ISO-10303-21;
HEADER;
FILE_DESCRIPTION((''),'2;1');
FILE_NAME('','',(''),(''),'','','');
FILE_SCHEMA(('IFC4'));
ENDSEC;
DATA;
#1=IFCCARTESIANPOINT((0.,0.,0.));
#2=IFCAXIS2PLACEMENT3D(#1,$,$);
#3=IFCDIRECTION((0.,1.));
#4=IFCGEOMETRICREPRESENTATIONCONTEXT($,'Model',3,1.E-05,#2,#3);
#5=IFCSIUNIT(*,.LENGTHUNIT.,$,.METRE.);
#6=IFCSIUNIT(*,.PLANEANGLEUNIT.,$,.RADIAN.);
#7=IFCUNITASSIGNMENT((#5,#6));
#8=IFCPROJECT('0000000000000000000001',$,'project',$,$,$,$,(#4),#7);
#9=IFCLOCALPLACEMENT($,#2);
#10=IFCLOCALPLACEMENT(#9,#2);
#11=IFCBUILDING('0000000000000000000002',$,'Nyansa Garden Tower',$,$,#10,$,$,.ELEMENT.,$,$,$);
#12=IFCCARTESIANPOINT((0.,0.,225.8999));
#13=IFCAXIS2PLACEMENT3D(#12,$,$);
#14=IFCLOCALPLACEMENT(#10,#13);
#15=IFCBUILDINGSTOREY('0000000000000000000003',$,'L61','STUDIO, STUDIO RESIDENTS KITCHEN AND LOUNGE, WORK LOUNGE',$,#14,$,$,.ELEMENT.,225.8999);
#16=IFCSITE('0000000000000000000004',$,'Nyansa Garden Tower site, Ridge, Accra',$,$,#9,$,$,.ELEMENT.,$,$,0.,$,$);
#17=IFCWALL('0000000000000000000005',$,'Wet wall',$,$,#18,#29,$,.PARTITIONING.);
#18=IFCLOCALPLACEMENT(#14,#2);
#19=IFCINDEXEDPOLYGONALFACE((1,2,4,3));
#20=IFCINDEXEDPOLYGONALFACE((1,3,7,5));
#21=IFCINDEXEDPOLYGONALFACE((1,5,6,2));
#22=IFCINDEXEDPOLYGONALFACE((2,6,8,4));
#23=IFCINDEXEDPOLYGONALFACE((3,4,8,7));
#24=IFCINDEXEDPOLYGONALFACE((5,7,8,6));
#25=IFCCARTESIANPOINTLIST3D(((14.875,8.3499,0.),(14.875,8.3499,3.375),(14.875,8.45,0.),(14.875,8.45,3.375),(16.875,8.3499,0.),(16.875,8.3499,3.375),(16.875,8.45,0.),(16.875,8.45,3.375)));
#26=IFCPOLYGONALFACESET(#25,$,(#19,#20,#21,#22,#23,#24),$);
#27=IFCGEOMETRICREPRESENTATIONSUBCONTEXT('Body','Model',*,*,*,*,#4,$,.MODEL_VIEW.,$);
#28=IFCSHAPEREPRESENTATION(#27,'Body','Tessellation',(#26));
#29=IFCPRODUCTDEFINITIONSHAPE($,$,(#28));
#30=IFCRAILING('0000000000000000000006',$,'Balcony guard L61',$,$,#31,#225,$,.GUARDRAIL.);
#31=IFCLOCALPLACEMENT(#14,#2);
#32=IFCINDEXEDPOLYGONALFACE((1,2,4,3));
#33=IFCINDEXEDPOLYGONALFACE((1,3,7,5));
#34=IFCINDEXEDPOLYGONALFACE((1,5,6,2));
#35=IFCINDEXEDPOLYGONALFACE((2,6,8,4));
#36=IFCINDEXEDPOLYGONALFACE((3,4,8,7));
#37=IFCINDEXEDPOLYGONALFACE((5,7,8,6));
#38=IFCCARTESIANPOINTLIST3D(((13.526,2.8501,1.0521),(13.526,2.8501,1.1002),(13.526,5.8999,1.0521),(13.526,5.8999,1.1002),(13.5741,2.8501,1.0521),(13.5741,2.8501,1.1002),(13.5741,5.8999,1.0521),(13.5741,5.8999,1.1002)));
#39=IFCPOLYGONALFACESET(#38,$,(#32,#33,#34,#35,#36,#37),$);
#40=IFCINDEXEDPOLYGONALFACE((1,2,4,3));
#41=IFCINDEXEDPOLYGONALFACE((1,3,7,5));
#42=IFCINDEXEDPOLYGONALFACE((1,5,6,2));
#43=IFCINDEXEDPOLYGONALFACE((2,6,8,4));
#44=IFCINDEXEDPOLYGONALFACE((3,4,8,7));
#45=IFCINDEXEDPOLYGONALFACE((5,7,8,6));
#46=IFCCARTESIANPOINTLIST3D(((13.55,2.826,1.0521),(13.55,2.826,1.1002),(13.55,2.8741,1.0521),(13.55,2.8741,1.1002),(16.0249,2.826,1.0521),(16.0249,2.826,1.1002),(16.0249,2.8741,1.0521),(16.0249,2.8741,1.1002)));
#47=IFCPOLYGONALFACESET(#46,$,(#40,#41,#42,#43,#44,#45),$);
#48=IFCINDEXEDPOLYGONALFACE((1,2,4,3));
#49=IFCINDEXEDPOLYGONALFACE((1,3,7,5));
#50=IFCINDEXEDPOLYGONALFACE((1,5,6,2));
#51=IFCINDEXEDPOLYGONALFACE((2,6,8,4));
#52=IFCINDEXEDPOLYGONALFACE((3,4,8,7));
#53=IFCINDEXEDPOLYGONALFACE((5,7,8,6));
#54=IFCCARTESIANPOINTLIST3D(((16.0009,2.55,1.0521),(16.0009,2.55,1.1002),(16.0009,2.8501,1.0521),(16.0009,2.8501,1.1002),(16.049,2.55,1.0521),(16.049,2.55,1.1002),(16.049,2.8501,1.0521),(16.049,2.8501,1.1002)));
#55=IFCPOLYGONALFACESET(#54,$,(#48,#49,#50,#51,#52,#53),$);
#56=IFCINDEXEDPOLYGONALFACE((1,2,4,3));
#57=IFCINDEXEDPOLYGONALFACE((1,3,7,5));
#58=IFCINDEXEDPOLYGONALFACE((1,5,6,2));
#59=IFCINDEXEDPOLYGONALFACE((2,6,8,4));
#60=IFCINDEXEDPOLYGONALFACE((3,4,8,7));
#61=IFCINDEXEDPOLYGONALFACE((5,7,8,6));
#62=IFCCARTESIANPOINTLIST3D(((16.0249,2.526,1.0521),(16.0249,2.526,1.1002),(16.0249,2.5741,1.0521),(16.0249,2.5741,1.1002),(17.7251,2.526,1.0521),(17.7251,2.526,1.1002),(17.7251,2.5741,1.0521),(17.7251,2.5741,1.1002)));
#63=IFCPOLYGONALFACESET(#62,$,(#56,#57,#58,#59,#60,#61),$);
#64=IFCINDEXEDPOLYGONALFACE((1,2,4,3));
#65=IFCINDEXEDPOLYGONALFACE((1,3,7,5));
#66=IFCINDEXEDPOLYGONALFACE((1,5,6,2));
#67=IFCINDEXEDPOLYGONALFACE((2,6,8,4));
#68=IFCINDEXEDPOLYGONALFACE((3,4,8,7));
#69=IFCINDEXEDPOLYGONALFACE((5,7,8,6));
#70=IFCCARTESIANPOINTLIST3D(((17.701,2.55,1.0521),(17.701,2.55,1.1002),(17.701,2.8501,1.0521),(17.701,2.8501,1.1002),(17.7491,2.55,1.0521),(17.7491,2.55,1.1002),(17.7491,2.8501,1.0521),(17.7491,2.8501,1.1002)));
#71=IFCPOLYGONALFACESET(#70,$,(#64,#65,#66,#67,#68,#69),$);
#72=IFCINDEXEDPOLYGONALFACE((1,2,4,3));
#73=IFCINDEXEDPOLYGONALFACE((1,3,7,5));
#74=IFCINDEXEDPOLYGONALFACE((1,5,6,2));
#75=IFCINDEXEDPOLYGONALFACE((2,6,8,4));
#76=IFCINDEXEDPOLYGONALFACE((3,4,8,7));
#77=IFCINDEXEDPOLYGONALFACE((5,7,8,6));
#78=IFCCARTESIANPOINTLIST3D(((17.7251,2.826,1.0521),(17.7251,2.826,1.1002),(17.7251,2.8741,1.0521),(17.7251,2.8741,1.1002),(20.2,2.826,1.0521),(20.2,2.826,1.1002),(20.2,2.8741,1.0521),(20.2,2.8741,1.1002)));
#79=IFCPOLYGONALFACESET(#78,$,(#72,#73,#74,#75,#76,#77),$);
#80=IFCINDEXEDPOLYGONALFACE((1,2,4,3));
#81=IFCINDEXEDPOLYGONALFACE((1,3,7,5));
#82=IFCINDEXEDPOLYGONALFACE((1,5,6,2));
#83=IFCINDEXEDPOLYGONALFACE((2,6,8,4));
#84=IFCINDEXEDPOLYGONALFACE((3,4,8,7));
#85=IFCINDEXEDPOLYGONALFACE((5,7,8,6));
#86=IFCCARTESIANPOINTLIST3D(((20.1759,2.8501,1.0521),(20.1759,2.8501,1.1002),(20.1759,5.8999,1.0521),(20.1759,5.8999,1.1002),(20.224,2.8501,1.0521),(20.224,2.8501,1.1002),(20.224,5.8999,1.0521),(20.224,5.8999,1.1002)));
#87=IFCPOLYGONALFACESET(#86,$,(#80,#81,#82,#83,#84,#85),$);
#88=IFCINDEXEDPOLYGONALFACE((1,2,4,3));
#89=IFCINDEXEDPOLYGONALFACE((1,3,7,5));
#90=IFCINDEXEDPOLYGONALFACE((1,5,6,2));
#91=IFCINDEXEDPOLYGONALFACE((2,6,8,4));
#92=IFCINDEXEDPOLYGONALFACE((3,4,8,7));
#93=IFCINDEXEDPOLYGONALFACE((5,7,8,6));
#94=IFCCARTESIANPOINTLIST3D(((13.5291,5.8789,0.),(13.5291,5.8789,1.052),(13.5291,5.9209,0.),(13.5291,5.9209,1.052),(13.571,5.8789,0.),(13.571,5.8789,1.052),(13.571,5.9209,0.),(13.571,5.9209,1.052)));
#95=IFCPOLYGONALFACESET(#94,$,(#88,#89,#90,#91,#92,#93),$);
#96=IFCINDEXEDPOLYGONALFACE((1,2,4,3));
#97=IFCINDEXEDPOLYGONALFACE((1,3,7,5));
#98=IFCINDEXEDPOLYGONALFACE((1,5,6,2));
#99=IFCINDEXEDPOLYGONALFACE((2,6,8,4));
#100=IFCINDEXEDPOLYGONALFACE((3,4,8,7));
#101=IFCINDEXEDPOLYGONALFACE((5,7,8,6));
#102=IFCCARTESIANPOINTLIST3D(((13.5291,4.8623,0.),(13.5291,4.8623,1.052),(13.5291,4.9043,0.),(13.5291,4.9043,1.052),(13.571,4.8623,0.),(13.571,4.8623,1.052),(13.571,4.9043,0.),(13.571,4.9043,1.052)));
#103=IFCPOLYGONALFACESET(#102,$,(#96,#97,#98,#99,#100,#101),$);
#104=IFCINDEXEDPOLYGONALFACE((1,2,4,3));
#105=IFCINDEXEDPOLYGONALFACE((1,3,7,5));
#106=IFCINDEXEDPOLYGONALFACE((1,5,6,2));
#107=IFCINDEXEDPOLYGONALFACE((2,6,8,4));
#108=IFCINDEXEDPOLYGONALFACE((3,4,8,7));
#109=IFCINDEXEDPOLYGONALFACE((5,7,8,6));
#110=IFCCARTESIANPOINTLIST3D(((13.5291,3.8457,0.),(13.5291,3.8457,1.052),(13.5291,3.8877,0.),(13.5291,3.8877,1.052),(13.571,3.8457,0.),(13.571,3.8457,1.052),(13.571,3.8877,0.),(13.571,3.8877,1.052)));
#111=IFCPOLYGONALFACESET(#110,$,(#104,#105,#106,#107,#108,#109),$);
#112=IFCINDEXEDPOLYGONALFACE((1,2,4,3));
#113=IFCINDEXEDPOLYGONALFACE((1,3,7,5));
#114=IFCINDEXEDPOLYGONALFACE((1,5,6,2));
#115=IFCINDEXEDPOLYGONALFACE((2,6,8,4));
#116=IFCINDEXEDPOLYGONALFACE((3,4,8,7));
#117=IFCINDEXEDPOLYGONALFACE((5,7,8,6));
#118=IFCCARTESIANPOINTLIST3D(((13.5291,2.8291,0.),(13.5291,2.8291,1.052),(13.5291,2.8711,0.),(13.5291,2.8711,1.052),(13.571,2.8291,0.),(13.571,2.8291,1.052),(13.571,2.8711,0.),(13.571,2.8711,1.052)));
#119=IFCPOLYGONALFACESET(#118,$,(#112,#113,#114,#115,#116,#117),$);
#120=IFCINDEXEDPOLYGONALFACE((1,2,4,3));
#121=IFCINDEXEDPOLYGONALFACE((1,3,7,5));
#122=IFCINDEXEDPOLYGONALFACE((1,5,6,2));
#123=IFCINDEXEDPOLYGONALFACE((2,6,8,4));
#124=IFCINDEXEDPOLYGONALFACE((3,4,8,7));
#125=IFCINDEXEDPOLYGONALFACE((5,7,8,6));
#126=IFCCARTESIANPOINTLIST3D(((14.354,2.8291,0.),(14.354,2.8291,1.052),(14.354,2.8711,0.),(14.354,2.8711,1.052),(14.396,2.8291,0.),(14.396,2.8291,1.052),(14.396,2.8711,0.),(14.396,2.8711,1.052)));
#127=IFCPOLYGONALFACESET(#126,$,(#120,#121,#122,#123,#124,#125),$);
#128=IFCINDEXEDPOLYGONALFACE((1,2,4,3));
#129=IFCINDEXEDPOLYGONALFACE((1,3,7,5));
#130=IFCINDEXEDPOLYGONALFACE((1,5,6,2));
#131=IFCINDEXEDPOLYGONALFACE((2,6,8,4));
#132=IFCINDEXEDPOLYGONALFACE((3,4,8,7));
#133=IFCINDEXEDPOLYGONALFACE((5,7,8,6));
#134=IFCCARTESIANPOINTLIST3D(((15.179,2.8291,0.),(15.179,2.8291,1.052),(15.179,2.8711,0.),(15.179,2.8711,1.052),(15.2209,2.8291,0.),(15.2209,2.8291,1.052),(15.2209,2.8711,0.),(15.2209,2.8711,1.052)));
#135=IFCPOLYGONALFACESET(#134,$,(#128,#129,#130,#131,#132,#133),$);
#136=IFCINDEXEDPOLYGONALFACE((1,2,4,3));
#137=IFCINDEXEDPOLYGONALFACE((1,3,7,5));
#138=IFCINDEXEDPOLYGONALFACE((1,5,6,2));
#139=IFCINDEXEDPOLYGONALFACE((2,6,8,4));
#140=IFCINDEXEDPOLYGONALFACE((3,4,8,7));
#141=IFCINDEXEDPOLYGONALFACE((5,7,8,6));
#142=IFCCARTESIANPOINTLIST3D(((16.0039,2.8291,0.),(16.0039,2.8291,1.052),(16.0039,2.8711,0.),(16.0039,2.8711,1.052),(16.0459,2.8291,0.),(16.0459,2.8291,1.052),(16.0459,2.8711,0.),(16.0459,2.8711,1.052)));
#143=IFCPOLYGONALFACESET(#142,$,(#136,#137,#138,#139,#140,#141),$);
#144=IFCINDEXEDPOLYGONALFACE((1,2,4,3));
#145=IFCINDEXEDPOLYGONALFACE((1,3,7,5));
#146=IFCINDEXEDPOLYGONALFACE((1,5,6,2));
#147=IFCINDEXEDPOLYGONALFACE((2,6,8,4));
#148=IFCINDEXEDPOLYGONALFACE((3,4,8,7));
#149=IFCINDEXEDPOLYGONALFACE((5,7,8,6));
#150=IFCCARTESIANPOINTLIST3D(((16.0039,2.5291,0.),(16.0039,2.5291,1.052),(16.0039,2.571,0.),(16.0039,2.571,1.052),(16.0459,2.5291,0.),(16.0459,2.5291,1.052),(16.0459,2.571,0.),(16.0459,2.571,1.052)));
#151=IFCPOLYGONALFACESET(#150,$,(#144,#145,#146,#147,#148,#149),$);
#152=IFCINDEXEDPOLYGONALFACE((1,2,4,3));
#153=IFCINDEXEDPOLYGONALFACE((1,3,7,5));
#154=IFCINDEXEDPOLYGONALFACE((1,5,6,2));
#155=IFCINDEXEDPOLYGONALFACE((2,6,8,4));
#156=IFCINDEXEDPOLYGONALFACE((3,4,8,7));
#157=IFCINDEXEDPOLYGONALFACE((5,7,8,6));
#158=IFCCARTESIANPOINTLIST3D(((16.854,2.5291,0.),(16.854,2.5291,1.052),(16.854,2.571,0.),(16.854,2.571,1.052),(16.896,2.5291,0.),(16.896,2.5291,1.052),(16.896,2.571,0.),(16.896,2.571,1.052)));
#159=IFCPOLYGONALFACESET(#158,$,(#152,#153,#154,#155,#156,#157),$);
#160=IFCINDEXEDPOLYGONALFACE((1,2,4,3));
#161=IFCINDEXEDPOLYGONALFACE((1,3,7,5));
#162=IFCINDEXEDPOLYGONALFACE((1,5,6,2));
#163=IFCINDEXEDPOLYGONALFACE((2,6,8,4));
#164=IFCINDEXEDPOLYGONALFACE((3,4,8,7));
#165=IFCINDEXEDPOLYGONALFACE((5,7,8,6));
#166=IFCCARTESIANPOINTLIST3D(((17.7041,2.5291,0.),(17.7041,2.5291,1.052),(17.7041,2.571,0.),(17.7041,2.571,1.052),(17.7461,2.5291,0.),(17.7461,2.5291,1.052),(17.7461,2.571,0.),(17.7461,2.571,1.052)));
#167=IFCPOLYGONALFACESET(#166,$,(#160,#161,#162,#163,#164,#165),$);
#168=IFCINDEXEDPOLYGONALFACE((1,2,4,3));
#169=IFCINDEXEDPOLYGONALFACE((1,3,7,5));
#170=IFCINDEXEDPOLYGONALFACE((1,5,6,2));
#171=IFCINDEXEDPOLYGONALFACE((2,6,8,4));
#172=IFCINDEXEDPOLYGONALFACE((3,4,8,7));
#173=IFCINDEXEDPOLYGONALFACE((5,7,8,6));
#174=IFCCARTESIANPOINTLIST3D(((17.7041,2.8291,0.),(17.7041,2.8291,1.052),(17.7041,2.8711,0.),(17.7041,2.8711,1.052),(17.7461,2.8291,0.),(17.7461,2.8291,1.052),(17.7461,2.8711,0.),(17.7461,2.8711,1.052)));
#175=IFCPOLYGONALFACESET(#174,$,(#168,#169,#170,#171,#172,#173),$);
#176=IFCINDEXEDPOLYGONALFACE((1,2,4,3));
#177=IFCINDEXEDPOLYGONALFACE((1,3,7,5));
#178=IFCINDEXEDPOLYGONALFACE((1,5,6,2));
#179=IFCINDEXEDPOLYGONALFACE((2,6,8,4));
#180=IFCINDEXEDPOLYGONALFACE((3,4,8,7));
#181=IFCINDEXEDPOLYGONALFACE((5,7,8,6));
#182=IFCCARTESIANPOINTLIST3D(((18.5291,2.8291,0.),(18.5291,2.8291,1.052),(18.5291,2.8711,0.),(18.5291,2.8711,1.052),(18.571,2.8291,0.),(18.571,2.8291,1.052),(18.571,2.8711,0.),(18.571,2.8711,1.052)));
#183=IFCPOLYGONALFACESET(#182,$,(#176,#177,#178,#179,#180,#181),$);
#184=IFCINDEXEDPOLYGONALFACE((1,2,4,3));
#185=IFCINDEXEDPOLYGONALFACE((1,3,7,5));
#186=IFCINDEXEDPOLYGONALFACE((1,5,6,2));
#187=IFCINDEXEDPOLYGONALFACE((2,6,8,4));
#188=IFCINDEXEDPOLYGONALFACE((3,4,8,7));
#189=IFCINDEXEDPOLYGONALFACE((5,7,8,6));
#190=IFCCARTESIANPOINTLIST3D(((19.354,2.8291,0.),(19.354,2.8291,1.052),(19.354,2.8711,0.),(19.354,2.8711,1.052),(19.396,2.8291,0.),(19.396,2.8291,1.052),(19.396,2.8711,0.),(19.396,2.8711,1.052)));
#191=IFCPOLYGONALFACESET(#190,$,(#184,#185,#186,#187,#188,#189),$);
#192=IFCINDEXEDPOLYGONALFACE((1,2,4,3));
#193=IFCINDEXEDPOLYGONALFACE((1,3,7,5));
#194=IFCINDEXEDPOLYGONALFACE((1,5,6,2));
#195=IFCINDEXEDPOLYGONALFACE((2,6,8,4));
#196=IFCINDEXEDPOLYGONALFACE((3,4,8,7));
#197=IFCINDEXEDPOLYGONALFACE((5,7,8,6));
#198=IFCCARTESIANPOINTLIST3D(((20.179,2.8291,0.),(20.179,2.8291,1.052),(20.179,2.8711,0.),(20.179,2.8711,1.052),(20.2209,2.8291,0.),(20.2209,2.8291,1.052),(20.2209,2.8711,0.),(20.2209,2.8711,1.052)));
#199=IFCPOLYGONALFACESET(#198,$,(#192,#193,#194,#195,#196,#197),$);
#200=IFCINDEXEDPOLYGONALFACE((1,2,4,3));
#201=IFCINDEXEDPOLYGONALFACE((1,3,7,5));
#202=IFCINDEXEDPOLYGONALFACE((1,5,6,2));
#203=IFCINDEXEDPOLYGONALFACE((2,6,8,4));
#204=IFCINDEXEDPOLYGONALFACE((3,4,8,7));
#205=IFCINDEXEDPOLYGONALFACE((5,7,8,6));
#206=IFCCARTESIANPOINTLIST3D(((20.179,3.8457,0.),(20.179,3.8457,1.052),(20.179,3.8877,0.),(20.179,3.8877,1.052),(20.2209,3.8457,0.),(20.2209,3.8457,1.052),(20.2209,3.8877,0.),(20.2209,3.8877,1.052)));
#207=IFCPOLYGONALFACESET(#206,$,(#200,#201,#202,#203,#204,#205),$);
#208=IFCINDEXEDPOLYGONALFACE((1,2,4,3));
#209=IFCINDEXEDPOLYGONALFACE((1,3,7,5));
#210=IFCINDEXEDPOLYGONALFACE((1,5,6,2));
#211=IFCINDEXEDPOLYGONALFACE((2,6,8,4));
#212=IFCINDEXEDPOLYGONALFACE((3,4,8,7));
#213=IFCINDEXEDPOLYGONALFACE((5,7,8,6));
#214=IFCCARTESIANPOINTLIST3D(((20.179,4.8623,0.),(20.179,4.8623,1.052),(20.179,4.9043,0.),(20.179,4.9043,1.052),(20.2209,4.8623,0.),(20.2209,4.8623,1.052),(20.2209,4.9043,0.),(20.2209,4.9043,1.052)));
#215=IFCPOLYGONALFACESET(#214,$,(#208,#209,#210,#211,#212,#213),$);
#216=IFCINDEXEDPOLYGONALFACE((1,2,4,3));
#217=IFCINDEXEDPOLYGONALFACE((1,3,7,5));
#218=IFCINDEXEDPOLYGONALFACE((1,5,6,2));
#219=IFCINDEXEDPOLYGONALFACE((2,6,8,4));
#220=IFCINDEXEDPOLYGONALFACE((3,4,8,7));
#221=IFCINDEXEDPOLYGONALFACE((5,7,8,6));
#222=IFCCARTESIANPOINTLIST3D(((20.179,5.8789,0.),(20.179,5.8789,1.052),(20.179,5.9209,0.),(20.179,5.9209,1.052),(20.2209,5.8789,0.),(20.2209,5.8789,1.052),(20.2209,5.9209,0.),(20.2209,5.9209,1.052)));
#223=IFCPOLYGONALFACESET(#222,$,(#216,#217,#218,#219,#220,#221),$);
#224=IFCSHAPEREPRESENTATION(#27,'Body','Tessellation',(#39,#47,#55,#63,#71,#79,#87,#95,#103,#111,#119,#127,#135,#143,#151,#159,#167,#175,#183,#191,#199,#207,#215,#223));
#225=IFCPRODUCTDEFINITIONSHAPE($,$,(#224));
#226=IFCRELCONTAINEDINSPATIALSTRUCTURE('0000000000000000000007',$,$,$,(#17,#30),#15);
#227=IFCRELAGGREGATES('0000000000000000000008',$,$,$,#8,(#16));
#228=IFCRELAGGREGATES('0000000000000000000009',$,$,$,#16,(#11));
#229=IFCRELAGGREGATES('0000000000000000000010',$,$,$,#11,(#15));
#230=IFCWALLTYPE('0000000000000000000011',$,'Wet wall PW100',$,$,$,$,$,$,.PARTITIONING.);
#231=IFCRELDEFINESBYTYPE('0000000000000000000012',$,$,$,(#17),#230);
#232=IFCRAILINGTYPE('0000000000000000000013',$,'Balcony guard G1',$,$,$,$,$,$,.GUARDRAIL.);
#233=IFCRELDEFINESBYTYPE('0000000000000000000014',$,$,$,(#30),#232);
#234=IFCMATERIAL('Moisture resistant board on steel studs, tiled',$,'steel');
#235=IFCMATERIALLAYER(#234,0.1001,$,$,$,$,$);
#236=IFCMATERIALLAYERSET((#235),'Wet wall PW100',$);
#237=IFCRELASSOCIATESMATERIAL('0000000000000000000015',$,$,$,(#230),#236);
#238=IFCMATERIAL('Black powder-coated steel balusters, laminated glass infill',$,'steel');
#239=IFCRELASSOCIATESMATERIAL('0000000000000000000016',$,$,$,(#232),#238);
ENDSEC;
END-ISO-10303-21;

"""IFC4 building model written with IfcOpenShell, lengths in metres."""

from ifc_helpers import new_model, si_unit, direction, frame, frame_2d, origin, origin_2d, place, context, subcontext, project, spatial, rectangle, extrude, material, layer, layer_set, type_object, element, save


model = new_model("IFC4")

# Units and contexts
model_context = context("Model", 3, precision=1e-05, world=origin(), true_north=direction((0.0, 1.0)))
body_context = subcontext(model_context, "Body", "Model", "MODEL_VIEW")
ifc_project = project(units=[si_unit("LENGTHUNIT", "METRE"), si_unit("PLANEANGLEUNIT", "RADIAN")], contexts=[model_context])

# Site, building, storey
site_placement = place(None, origin())
site = spatial("IfcSite", under=ifc_project, at=site_placement, Name="Nyansa Garden Tower site, Ridge, Accra", CompositionType="ELEMENT", RefElevation=0.0)
building_placement = place(site_placement, origin())
building = spatial("IfcBuilding", under=site, at=building_placement, Name="Nyansa Garden Tower", CompositionType="ELEMENT")
storey_placement = place(building_placement, frame((0.0, 0.0, 225.8999)))
storey = spatial("IfcBuildingStorey", under=building, at=storey_placement, Name="L61", Description="STUDIO, STUDIO RESIDENTS KITCHEN AND LOUNGE, WORK LOUNGE", CompositionType="ELEMENT", Elevation=225.8999)

# Shared definitions
ifc_material_1 = material(Name="Moisture resistant board on steel studs, tiled", Category="steel")
ifc_layer_1 = layer(ifc_material_1, 0.1001)
ifc_layer_set_1 = layer_set([ifc_layer_1], Name="Wet wall PW100")
wall_type_1 = type_object("IfcWallType", Name="Wet wall PW100", PredefinedType="PARTITIONING", material=ifc_layer_set_1)

# Wall
wall_1_placement = place(storey_placement, frame((14.875, 8.3999, 0.0), z_axis=(0.0, 0.0, 1.0), x_axis=(1.0, 0.0, 0.0)))
element("IfcWall", 1, at=wall_1_placement, inside=storey, type_object=wall_type_1, Name="Wet wall", PredefinedType="PARTITIONING", context=body_context, shape_type="SweptSolid", body=[
    extrude(rectangle(XDim=2.0, YDim=0.1001, at=frame_2d((1.0, 0.0))), origin(), (0.0, 0.0, 1.0), 3.375),
])

# Railing
ifc_material_2 = material(Name="Black powder-coated steel balusters, laminated glass infill", Category="steel")
railing_type = type_object("IfcRailingType", Name="Balcony guard G1", PredefinedType="GUARDRAIL", material=ifc_material_2)
railing_placement = place(storey_placement, frame((13.55, 5.8999, 0.0)))
element("IfcRailing", 2, at=railing_placement, inside=storey, type_object=railing_type, Name="Balcony guard L61", PredefinedType="GUARDRAIL", context=body_context, shape_type="SweptSolid", body=[
    extrude(rectangle(XDim=0.0481, YDim=0.0481, at=origin_2d()), frame((0.0, 0.0, 1.0762), z_axis=(0.0, -1.0, 0.0), x_axis=(1.0, 0.0, 0.0)), (0.0, 0.0, 1.0), 3.0498),
    extrude(rectangle(XDim=0.0481, YDim=0.0481, at=origin_2d()), frame((0.0, -3.0498, 1.0762), z_axis=(1.0, 0.0, 0.0), x_axis=(0.0, 1.0, 0.0)), (0.0, 0.0, 1.0), 2.4749),
    extrude(rectangle(XDim=0.0481, YDim=0.0481, at=origin_2d()), frame((2.4749, -3.0498, 1.0762), z_axis=(0.0, -1.0, 0.0), x_axis=(1.0, 0.0, 0.0)), (0.0, 0.0, 1.0), 0.3),
    extrude(rectangle(XDim=0.0481, YDim=0.0481, at=origin_2d()), frame((2.4749, -3.3499, 1.0762), z_axis=(1.0, 0.0, 0.0), x_axis=(0.0, 1.0, 0.0)), (0.0, 0.0, 1.0), 1.7002),
    extrude(rectangle(XDim=0.0481, YDim=0.0481, at=origin_2d()), frame((4.175, -3.3499, 1.0762), z_axis=(0.0, 1.0, 0.0), x_axis=(-1.0, 0.0, 0.0)), (0.0, 0.0, 1.0), 0.3),
    extrude(rectangle(XDim=0.0481, YDim=0.0481, at=origin_2d()), frame((4.175, -3.0498, 1.0762), z_axis=(1.0, 0.0, 0.0), x_axis=(0.0, 1.0, 0.0)), (0.0, 0.0, 1.0), 2.4749),
    extrude(rectangle(XDim=0.0481, YDim=0.0481, at=origin_2d()), frame((6.6499, -3.0498, 1.0762), z_axis=(0.0, 1.0, 0.0), x_axis=(-1.0, 0.0, 0.0)), (0.0, 0.0, 1.0), 3.0498),
    extrude(rectangle(XDim=0.042, YDim=0.042, at=origin_2d()), origin(), (0.0, 0.0, 1.0), 1.052),
    extrude(rectangle(XDim=0.042, YDim=0.042, at=origin_2d()), frame((0.0, -1.0166, 0.0)), (0.0, 0.0, 1.0), 1.052),
    extrude(rectangle(XDim=0.042, YDim=0.042, at=origin_2d()), frame((0.0, -2.0332, 0.0)), (0.0, 0.0, 1.0), 1.052),
    extrude(rectangle(XDim=0.042, YDim=0.042, at=origin_2d()), frame((0.0, -3.0498, 0.0)), (0.0, 0.0, 1.0), 1.052),
    extrude(rectangle(XDim=0.042, YDim=0.042, at=origin_2d()), frame((0.825, -3.0498, 0.0)), (0.0, 0.0, 1.0), 1.052),
    extrude(rectangle(XDim=0.042, YDim=0.042, at=origin_2d()), frame((1.6499, -3.0498, 0.0)), (0.0, 0.0, 1.0), 1.052),
    extrude(rectangle(XDim=0.042, YDim=0.042, at=origin_2d()), frame((2.4749, -3.0498, 0.0)), (0.0, 0.0, 1.0), 1.052),
    extrude(rectangle(XDim=0.042, YDim=0.042, at=origin_2d()), frame((2.4749, -3.3499, 0.0)), (0.0, 0.0, 1.0), 1.052),
    extrude(rectangle(XDim=0.042, YDim=0.042, at=origin_2d()), frame((3.325, -3.3499, 0.0)), (0.0, 0.0, 1.0), 1.052),
    extrude(rectangle(XDim=0.042, YDim=0.042, at=origin_2d()), frame((4.175, -3.3499, 0.0)), (0.0, 0.0, 1.0), 1.052),
    extrude(rectangle(XDim=0.042, YDim=0.042, at=origin_2d()), frame((4.175, -3.0498, 0.0)), (0.0, 0.0, 1.0), 1.052),
    extrude(rectangle(XDim=0.042, YDim=0.042, at=origin_2d()), frame((5.0, -3.0498, 0.0)), (0.0, 0.0, 1.0), 1.052),
    extrude(rectangle(XDim=0.042, YDim=0.042, at=origin_2d()), frame((5.825, -3.0498, 0.0)), (0.0, 0.0, 1.0), 1.052),
    extrude(rectangle(XDim=0.042, YDim=0.042, at=origin_2d()), frame((6.6499, -3.0498, 0.0)), (0.0, 0.0, 1.0), 1.052),
    extrude(rectangle(XDim=0.042, YDim=0.042, at=origin_2d()), frame((6.6499, -2.0332, 0.0)), (0.0, 0.0, 1.0), 1.052),
    extrude(rectangle(XDim=0.042, YDim=0.042, at=origin_2d()), frame((6.6499, -1.0166, 0.0)), (0.0, 0.0, 1.0), 1.052),
    extrude(rectangle(XDim=0.042, YDim=0.042, at=origin_2d()), frame((6.6499, 0.0, 0.0)), (0.0, 0.0, 1.0), 1.052),
])

save(model, "model.ifc")
